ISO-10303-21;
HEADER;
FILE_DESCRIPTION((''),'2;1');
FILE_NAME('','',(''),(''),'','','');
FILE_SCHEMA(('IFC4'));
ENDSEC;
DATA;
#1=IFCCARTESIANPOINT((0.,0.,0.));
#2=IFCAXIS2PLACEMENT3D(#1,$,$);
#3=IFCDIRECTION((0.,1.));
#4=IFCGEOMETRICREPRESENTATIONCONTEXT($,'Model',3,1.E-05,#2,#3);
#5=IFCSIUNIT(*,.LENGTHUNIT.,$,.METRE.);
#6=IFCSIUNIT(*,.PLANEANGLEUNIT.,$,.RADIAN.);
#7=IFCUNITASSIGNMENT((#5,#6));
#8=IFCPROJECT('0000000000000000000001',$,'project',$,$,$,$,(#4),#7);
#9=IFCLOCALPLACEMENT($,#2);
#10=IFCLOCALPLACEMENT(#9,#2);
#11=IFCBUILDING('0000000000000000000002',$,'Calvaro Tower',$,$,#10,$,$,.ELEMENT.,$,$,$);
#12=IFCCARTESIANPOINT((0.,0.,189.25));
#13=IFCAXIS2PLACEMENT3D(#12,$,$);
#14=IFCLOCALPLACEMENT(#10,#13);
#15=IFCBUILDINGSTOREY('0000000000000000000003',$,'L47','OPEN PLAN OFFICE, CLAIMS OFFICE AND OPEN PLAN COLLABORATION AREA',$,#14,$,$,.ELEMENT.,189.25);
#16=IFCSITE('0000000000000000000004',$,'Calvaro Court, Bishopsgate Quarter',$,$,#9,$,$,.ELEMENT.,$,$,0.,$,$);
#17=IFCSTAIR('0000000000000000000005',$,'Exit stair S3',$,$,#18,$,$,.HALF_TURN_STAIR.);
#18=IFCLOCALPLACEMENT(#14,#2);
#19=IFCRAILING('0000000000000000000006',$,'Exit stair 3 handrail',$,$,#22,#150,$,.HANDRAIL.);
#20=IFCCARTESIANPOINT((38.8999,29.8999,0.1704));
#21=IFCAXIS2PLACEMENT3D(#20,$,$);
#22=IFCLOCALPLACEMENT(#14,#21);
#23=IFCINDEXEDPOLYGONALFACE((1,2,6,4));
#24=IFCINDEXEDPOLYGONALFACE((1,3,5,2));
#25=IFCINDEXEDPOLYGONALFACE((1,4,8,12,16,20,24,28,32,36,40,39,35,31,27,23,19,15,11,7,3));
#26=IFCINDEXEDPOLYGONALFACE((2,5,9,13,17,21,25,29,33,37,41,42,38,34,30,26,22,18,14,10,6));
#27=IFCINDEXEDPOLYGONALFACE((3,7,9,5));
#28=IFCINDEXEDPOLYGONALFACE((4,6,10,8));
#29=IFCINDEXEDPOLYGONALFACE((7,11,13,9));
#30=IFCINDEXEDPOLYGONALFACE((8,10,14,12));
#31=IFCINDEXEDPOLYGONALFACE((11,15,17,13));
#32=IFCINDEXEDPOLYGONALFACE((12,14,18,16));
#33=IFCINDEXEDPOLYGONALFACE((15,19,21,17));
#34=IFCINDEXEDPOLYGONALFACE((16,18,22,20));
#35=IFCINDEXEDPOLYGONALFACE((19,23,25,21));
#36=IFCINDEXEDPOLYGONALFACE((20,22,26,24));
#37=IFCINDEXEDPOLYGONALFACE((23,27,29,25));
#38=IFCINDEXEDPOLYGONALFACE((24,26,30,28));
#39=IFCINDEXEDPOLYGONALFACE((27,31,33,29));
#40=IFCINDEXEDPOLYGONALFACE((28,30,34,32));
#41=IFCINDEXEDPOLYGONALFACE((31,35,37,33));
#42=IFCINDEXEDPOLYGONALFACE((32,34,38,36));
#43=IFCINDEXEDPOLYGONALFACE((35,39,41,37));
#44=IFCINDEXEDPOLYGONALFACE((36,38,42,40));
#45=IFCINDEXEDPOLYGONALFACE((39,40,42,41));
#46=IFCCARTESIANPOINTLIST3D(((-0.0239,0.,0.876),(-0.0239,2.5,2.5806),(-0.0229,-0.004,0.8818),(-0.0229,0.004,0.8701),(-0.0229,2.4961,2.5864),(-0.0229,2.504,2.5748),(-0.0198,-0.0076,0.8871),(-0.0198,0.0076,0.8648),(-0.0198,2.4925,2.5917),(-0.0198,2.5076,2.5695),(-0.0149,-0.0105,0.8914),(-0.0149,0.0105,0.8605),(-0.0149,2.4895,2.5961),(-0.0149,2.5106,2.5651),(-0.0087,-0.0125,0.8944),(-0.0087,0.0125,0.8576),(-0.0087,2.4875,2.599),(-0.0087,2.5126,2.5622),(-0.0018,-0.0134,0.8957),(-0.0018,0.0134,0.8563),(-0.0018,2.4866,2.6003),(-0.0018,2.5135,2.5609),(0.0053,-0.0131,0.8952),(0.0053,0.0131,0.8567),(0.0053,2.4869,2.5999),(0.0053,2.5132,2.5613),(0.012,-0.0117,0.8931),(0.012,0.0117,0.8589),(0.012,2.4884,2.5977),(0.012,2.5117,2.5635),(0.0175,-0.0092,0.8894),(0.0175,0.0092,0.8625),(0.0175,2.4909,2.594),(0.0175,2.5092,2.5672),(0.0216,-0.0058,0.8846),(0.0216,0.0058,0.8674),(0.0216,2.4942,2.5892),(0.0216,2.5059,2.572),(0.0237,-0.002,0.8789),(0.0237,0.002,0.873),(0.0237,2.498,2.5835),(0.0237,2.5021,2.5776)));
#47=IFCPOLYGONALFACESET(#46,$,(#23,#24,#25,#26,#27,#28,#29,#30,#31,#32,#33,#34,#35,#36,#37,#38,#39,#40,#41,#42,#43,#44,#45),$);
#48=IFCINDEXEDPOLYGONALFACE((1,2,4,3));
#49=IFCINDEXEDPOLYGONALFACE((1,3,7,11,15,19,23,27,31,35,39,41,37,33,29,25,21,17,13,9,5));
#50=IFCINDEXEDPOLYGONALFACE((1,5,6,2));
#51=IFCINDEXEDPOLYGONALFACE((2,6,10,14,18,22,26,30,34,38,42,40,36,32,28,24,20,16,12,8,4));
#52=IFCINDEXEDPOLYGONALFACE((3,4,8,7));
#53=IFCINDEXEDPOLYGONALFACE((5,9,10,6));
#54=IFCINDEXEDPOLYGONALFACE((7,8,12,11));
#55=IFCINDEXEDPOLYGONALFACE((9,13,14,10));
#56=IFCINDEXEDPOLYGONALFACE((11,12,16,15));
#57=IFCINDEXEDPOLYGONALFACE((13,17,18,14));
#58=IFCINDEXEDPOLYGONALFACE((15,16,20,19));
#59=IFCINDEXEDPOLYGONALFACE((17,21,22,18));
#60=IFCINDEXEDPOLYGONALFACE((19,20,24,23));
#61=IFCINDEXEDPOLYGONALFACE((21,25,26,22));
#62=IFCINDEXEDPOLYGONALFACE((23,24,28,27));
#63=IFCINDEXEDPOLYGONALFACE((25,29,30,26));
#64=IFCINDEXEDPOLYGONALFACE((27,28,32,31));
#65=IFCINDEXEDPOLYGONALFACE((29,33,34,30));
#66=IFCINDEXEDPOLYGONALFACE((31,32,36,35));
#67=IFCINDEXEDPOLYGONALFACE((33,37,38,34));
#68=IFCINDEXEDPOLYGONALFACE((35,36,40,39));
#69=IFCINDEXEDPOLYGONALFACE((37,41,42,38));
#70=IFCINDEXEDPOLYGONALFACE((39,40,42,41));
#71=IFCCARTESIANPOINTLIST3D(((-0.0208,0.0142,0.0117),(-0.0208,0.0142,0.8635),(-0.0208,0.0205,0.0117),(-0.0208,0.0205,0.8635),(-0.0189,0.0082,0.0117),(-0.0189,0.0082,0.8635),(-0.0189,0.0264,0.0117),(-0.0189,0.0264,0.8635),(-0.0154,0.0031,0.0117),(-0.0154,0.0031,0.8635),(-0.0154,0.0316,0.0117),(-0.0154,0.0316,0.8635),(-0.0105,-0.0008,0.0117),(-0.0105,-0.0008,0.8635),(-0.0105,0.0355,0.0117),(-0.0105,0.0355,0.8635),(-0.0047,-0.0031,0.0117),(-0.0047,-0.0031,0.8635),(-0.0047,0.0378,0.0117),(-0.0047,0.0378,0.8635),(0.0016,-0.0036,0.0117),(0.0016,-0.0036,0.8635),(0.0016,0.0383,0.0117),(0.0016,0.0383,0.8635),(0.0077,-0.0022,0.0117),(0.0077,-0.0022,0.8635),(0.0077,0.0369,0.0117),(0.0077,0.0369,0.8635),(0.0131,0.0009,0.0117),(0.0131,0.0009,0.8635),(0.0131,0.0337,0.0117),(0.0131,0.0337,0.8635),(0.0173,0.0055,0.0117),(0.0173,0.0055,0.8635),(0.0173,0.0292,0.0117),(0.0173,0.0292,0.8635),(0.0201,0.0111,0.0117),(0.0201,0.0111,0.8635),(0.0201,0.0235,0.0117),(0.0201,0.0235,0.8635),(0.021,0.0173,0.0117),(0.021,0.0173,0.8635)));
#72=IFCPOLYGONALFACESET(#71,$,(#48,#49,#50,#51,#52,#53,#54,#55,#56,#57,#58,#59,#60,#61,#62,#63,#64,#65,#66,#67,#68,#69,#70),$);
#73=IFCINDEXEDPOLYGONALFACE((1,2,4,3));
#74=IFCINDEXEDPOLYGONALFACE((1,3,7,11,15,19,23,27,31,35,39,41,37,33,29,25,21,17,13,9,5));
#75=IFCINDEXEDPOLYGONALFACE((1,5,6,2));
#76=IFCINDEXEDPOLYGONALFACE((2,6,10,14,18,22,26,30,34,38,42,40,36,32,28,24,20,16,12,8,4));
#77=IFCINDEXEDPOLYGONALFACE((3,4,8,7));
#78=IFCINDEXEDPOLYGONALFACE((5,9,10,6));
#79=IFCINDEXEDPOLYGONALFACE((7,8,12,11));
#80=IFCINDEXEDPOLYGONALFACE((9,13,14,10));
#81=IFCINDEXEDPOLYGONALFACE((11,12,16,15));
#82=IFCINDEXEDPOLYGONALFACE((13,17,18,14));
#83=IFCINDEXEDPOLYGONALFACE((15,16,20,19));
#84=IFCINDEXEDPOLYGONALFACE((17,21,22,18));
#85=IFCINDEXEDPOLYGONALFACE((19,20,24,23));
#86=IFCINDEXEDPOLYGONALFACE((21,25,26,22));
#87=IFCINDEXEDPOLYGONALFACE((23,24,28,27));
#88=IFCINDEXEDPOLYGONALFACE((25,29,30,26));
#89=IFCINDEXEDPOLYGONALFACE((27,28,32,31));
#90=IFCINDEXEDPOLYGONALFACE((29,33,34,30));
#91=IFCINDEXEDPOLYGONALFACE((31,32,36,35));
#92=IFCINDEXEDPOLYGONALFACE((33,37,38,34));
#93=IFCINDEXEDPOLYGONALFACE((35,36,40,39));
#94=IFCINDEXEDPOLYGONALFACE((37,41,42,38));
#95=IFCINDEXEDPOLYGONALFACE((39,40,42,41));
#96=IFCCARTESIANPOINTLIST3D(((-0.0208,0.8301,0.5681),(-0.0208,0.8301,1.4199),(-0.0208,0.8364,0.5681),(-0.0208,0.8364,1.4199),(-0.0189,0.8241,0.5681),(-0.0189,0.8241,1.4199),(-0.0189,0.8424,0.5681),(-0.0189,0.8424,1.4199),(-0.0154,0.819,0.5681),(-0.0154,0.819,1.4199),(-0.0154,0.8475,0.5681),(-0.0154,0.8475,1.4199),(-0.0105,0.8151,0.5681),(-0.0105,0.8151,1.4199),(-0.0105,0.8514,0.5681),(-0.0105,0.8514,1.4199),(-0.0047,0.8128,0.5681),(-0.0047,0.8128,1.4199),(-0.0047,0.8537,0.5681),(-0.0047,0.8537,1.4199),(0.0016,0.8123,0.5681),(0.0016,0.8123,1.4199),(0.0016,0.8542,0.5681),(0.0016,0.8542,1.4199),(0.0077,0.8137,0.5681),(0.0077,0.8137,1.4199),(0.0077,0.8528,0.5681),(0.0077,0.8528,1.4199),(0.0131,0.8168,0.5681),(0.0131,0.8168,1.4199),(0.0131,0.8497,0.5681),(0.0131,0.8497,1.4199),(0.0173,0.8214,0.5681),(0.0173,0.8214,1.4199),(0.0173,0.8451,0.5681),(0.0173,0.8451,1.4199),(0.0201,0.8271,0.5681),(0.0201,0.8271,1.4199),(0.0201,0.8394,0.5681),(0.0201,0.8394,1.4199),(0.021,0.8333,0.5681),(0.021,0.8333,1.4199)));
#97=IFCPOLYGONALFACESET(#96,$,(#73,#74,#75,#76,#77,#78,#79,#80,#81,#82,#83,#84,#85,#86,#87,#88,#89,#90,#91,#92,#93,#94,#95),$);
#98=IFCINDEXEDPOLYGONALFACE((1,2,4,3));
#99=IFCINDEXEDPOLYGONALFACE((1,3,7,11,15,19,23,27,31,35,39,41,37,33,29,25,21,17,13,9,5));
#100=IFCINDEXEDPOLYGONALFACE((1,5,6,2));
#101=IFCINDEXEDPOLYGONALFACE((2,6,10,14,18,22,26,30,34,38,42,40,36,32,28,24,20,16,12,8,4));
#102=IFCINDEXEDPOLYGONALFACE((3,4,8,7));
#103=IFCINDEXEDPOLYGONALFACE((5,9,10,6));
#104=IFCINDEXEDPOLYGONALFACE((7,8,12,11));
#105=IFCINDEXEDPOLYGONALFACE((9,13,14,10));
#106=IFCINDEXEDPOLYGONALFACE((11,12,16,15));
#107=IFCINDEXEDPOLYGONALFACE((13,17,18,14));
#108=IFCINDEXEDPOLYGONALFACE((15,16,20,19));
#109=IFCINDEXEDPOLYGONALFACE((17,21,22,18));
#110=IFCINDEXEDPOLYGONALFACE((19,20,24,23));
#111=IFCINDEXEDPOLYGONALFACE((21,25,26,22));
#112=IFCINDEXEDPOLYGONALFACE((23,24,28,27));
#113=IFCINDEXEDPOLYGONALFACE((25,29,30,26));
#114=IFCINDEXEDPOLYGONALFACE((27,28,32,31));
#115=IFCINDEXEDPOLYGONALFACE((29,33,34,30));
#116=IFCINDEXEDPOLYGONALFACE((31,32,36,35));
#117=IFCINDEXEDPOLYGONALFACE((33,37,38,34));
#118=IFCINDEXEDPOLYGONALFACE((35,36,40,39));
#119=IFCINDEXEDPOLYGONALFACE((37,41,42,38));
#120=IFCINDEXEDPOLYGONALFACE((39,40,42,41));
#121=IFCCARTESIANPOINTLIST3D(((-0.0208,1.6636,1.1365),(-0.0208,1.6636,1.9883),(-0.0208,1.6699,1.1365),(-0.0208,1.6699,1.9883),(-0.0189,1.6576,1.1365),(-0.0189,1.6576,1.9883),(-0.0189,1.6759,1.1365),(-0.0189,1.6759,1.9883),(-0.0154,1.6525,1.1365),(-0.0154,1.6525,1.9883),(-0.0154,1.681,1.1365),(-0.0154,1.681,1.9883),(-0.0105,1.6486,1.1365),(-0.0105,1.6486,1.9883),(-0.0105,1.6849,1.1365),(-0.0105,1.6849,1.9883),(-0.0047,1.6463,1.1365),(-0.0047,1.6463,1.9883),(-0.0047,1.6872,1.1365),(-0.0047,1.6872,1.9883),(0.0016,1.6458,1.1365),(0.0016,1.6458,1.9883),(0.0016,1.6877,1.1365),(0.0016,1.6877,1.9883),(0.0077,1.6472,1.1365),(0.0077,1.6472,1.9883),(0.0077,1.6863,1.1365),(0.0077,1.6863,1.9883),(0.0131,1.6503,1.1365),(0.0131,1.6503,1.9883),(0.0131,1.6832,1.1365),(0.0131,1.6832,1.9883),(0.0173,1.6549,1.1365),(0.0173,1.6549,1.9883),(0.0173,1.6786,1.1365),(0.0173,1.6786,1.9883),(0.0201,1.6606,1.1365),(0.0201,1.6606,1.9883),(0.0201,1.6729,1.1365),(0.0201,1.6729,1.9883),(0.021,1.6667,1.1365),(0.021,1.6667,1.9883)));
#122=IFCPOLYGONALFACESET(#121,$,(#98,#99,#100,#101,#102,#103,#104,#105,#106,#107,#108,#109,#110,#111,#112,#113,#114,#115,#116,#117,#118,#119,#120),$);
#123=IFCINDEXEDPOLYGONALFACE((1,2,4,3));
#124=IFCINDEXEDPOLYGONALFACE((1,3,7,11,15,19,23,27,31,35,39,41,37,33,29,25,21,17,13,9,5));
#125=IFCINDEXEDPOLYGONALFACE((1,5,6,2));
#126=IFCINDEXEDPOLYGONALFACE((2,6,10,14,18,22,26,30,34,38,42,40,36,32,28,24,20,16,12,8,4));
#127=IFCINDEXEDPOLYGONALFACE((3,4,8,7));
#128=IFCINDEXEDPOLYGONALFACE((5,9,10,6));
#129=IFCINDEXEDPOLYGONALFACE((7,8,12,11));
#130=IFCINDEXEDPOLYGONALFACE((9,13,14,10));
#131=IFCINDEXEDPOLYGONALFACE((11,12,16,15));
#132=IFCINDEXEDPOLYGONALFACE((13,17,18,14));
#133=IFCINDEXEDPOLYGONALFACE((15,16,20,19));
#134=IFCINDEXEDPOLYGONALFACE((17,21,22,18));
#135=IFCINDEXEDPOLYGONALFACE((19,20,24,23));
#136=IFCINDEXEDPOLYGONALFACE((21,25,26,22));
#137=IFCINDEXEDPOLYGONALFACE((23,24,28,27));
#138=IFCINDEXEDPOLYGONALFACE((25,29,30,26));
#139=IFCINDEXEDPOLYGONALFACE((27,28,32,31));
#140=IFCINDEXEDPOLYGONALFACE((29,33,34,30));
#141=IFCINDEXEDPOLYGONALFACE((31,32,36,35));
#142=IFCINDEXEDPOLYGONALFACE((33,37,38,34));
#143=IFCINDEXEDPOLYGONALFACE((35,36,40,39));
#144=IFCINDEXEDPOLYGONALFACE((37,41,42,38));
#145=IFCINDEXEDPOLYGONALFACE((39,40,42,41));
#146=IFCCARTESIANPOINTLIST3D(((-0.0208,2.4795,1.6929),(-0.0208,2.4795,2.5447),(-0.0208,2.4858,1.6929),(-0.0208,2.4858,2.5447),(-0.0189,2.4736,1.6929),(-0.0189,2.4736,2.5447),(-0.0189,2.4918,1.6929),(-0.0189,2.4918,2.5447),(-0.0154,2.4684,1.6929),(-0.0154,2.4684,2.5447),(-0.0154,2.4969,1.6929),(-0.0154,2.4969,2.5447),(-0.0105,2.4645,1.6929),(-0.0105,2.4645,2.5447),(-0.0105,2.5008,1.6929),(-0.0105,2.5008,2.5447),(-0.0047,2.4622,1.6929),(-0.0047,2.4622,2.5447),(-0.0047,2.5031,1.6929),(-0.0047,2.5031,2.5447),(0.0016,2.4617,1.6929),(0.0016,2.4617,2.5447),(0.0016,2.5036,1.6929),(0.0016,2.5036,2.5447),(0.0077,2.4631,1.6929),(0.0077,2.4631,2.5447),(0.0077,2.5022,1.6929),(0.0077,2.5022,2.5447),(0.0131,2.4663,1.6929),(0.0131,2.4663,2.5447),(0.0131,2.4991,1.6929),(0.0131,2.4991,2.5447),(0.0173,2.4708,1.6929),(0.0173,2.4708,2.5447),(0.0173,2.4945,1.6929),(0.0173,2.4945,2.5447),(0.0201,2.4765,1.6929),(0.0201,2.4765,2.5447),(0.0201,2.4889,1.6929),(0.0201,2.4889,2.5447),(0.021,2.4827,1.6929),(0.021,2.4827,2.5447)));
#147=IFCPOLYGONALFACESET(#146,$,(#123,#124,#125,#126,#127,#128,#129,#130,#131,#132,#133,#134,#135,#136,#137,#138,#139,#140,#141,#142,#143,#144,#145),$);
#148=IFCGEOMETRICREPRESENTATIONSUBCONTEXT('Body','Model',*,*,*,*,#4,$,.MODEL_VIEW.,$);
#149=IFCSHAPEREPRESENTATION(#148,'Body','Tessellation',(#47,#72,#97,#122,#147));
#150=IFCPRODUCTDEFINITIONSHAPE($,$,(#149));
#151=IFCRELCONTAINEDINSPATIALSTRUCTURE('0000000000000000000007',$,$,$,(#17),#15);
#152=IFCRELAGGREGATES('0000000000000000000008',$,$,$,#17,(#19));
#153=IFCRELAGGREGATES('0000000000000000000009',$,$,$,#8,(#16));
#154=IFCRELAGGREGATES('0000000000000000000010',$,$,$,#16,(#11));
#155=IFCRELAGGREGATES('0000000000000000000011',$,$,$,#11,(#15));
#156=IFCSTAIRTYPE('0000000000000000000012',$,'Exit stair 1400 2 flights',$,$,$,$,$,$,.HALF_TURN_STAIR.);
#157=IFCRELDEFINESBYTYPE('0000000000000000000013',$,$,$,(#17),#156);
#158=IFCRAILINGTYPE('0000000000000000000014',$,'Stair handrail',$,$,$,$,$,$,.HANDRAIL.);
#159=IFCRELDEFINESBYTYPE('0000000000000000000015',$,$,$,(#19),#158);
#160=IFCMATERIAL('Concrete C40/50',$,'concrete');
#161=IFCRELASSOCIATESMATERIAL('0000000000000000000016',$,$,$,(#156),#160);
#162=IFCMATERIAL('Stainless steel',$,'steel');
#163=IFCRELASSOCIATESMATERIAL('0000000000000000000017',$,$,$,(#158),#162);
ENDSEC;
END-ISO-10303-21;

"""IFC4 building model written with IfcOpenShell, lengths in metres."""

from ifc_helpers import new_model, si_unit, direction, frame, origin, origin_2d, place, context, subcontext, project, spatial, circle, extrude, material, type_object, element, aggregate, save


model = new_model("IFC4")

# Units and contexts
model_context = context("Model", 3, precision=1e-05, world=origin(), true_north=direction((0.0, 1.0)))
body_context = subcontext(model_context, "Body", "Model", "MODEL_VIEW")
ifc_project = project(units=[si_unit("LENGTHUNIT", "METRE"), si_unit("PLANEANGLEUNIT", "RADIAN")], contexts=[model_context])

# Site, building, storey
site_placement = place(None, origin())
site = spatial("IfcSite", under=ifc_project, at=site_placement, Name="Calvaro Court, Bishopsgate Quarter", CompositionType="ELEMENT", RefElevation=0.0)
building_placement = place(site_placement, origin())
building = spatial("IfcBuilding", under=site, at=building_placement, Name="Calvaro Tower", CompositionType="ELEMENT")
storey_placement = place(building_placement, frame((0.0, 0.0, 189.25)))
storey = spatial("IfcBuildingStorey", under=building, at=storey_placement, Name="L47", Description="OPEN PLAN OFFICE, CLAIMS OFFICE AND OPEN PLAN COLLABORATION AREA", CompositionType="ELEMENT", Elevation=189.25)

# Stair
ifc_material_1 = material(Name="Concrete C40/50", Category="concrete")
stair_type = type_object("IfcStairType", Name="Exit stair 1400 2 flights", PredefinedType="HALF_TURN_STAIR", material=ifc_material_1)
stair_1_placement = place(storey_placement, origin())
stair_1 = element("IfcStair", 1, at=stair_1_placement, inside=storey, type_object=stair_type, Name="Exit stair S3", PredefinedType="HALF_TURN_STAIR")

# Railing
ifc_material_2 = material(Name="Stainless steel", Category="steel")
railing_type = type_object("IfcRailingType", Name="Stair handrail", PredefinedType="HANDRAIL", material=ifc_material_2)
railing_1_placement = place(storey_placement, frame((38.8999, 29.8999, 0.1704)))
railing_1 = element("IfcRailing", 2, at=railing_1_placement, type_object=railing_type, Name="Exit stair 3 handrail", PredefinedType="HANDRAIL", context=body_context, shape_type="SweptSolid", body=[
    extrude(circle(Radius=0.0239, at=origin_2d()), frame((0.0, 0.0, 0.876), z_axis=(0.0, 0.826221, 0.563347), x_axis=(-1.0, 0.0, 0.0)), (0.0, 0.0, 1.0), 3.0259),
    extrude(circle(Radius=0.021, at=origin_2d()), frame((0.0, 0.0173, 0.0117)), (0.0, 0.0, 1.0), 0.8518),
    extrude(circle(Radius=0.021, at=origin_2d()), frame((0.0, 0.8333, 0.5681)), (0.0, 0.0, 1.0), 0.8518),
    extrude(circle(Radius=0.021, at=origin_2d()), frame((0.0, 1.6667, 1.1365)), (0.0, 0.0, 1.0), 0.8518),
    extrude(circle(Radius=0.021, at=origin_2d()), frame((0.0, 2.4827, 1.6929)), (0.0, 0.0, 1.0), 0.8518),
])
aggregate(stair_1, [railing_1])

save(model, "model.ifc")
